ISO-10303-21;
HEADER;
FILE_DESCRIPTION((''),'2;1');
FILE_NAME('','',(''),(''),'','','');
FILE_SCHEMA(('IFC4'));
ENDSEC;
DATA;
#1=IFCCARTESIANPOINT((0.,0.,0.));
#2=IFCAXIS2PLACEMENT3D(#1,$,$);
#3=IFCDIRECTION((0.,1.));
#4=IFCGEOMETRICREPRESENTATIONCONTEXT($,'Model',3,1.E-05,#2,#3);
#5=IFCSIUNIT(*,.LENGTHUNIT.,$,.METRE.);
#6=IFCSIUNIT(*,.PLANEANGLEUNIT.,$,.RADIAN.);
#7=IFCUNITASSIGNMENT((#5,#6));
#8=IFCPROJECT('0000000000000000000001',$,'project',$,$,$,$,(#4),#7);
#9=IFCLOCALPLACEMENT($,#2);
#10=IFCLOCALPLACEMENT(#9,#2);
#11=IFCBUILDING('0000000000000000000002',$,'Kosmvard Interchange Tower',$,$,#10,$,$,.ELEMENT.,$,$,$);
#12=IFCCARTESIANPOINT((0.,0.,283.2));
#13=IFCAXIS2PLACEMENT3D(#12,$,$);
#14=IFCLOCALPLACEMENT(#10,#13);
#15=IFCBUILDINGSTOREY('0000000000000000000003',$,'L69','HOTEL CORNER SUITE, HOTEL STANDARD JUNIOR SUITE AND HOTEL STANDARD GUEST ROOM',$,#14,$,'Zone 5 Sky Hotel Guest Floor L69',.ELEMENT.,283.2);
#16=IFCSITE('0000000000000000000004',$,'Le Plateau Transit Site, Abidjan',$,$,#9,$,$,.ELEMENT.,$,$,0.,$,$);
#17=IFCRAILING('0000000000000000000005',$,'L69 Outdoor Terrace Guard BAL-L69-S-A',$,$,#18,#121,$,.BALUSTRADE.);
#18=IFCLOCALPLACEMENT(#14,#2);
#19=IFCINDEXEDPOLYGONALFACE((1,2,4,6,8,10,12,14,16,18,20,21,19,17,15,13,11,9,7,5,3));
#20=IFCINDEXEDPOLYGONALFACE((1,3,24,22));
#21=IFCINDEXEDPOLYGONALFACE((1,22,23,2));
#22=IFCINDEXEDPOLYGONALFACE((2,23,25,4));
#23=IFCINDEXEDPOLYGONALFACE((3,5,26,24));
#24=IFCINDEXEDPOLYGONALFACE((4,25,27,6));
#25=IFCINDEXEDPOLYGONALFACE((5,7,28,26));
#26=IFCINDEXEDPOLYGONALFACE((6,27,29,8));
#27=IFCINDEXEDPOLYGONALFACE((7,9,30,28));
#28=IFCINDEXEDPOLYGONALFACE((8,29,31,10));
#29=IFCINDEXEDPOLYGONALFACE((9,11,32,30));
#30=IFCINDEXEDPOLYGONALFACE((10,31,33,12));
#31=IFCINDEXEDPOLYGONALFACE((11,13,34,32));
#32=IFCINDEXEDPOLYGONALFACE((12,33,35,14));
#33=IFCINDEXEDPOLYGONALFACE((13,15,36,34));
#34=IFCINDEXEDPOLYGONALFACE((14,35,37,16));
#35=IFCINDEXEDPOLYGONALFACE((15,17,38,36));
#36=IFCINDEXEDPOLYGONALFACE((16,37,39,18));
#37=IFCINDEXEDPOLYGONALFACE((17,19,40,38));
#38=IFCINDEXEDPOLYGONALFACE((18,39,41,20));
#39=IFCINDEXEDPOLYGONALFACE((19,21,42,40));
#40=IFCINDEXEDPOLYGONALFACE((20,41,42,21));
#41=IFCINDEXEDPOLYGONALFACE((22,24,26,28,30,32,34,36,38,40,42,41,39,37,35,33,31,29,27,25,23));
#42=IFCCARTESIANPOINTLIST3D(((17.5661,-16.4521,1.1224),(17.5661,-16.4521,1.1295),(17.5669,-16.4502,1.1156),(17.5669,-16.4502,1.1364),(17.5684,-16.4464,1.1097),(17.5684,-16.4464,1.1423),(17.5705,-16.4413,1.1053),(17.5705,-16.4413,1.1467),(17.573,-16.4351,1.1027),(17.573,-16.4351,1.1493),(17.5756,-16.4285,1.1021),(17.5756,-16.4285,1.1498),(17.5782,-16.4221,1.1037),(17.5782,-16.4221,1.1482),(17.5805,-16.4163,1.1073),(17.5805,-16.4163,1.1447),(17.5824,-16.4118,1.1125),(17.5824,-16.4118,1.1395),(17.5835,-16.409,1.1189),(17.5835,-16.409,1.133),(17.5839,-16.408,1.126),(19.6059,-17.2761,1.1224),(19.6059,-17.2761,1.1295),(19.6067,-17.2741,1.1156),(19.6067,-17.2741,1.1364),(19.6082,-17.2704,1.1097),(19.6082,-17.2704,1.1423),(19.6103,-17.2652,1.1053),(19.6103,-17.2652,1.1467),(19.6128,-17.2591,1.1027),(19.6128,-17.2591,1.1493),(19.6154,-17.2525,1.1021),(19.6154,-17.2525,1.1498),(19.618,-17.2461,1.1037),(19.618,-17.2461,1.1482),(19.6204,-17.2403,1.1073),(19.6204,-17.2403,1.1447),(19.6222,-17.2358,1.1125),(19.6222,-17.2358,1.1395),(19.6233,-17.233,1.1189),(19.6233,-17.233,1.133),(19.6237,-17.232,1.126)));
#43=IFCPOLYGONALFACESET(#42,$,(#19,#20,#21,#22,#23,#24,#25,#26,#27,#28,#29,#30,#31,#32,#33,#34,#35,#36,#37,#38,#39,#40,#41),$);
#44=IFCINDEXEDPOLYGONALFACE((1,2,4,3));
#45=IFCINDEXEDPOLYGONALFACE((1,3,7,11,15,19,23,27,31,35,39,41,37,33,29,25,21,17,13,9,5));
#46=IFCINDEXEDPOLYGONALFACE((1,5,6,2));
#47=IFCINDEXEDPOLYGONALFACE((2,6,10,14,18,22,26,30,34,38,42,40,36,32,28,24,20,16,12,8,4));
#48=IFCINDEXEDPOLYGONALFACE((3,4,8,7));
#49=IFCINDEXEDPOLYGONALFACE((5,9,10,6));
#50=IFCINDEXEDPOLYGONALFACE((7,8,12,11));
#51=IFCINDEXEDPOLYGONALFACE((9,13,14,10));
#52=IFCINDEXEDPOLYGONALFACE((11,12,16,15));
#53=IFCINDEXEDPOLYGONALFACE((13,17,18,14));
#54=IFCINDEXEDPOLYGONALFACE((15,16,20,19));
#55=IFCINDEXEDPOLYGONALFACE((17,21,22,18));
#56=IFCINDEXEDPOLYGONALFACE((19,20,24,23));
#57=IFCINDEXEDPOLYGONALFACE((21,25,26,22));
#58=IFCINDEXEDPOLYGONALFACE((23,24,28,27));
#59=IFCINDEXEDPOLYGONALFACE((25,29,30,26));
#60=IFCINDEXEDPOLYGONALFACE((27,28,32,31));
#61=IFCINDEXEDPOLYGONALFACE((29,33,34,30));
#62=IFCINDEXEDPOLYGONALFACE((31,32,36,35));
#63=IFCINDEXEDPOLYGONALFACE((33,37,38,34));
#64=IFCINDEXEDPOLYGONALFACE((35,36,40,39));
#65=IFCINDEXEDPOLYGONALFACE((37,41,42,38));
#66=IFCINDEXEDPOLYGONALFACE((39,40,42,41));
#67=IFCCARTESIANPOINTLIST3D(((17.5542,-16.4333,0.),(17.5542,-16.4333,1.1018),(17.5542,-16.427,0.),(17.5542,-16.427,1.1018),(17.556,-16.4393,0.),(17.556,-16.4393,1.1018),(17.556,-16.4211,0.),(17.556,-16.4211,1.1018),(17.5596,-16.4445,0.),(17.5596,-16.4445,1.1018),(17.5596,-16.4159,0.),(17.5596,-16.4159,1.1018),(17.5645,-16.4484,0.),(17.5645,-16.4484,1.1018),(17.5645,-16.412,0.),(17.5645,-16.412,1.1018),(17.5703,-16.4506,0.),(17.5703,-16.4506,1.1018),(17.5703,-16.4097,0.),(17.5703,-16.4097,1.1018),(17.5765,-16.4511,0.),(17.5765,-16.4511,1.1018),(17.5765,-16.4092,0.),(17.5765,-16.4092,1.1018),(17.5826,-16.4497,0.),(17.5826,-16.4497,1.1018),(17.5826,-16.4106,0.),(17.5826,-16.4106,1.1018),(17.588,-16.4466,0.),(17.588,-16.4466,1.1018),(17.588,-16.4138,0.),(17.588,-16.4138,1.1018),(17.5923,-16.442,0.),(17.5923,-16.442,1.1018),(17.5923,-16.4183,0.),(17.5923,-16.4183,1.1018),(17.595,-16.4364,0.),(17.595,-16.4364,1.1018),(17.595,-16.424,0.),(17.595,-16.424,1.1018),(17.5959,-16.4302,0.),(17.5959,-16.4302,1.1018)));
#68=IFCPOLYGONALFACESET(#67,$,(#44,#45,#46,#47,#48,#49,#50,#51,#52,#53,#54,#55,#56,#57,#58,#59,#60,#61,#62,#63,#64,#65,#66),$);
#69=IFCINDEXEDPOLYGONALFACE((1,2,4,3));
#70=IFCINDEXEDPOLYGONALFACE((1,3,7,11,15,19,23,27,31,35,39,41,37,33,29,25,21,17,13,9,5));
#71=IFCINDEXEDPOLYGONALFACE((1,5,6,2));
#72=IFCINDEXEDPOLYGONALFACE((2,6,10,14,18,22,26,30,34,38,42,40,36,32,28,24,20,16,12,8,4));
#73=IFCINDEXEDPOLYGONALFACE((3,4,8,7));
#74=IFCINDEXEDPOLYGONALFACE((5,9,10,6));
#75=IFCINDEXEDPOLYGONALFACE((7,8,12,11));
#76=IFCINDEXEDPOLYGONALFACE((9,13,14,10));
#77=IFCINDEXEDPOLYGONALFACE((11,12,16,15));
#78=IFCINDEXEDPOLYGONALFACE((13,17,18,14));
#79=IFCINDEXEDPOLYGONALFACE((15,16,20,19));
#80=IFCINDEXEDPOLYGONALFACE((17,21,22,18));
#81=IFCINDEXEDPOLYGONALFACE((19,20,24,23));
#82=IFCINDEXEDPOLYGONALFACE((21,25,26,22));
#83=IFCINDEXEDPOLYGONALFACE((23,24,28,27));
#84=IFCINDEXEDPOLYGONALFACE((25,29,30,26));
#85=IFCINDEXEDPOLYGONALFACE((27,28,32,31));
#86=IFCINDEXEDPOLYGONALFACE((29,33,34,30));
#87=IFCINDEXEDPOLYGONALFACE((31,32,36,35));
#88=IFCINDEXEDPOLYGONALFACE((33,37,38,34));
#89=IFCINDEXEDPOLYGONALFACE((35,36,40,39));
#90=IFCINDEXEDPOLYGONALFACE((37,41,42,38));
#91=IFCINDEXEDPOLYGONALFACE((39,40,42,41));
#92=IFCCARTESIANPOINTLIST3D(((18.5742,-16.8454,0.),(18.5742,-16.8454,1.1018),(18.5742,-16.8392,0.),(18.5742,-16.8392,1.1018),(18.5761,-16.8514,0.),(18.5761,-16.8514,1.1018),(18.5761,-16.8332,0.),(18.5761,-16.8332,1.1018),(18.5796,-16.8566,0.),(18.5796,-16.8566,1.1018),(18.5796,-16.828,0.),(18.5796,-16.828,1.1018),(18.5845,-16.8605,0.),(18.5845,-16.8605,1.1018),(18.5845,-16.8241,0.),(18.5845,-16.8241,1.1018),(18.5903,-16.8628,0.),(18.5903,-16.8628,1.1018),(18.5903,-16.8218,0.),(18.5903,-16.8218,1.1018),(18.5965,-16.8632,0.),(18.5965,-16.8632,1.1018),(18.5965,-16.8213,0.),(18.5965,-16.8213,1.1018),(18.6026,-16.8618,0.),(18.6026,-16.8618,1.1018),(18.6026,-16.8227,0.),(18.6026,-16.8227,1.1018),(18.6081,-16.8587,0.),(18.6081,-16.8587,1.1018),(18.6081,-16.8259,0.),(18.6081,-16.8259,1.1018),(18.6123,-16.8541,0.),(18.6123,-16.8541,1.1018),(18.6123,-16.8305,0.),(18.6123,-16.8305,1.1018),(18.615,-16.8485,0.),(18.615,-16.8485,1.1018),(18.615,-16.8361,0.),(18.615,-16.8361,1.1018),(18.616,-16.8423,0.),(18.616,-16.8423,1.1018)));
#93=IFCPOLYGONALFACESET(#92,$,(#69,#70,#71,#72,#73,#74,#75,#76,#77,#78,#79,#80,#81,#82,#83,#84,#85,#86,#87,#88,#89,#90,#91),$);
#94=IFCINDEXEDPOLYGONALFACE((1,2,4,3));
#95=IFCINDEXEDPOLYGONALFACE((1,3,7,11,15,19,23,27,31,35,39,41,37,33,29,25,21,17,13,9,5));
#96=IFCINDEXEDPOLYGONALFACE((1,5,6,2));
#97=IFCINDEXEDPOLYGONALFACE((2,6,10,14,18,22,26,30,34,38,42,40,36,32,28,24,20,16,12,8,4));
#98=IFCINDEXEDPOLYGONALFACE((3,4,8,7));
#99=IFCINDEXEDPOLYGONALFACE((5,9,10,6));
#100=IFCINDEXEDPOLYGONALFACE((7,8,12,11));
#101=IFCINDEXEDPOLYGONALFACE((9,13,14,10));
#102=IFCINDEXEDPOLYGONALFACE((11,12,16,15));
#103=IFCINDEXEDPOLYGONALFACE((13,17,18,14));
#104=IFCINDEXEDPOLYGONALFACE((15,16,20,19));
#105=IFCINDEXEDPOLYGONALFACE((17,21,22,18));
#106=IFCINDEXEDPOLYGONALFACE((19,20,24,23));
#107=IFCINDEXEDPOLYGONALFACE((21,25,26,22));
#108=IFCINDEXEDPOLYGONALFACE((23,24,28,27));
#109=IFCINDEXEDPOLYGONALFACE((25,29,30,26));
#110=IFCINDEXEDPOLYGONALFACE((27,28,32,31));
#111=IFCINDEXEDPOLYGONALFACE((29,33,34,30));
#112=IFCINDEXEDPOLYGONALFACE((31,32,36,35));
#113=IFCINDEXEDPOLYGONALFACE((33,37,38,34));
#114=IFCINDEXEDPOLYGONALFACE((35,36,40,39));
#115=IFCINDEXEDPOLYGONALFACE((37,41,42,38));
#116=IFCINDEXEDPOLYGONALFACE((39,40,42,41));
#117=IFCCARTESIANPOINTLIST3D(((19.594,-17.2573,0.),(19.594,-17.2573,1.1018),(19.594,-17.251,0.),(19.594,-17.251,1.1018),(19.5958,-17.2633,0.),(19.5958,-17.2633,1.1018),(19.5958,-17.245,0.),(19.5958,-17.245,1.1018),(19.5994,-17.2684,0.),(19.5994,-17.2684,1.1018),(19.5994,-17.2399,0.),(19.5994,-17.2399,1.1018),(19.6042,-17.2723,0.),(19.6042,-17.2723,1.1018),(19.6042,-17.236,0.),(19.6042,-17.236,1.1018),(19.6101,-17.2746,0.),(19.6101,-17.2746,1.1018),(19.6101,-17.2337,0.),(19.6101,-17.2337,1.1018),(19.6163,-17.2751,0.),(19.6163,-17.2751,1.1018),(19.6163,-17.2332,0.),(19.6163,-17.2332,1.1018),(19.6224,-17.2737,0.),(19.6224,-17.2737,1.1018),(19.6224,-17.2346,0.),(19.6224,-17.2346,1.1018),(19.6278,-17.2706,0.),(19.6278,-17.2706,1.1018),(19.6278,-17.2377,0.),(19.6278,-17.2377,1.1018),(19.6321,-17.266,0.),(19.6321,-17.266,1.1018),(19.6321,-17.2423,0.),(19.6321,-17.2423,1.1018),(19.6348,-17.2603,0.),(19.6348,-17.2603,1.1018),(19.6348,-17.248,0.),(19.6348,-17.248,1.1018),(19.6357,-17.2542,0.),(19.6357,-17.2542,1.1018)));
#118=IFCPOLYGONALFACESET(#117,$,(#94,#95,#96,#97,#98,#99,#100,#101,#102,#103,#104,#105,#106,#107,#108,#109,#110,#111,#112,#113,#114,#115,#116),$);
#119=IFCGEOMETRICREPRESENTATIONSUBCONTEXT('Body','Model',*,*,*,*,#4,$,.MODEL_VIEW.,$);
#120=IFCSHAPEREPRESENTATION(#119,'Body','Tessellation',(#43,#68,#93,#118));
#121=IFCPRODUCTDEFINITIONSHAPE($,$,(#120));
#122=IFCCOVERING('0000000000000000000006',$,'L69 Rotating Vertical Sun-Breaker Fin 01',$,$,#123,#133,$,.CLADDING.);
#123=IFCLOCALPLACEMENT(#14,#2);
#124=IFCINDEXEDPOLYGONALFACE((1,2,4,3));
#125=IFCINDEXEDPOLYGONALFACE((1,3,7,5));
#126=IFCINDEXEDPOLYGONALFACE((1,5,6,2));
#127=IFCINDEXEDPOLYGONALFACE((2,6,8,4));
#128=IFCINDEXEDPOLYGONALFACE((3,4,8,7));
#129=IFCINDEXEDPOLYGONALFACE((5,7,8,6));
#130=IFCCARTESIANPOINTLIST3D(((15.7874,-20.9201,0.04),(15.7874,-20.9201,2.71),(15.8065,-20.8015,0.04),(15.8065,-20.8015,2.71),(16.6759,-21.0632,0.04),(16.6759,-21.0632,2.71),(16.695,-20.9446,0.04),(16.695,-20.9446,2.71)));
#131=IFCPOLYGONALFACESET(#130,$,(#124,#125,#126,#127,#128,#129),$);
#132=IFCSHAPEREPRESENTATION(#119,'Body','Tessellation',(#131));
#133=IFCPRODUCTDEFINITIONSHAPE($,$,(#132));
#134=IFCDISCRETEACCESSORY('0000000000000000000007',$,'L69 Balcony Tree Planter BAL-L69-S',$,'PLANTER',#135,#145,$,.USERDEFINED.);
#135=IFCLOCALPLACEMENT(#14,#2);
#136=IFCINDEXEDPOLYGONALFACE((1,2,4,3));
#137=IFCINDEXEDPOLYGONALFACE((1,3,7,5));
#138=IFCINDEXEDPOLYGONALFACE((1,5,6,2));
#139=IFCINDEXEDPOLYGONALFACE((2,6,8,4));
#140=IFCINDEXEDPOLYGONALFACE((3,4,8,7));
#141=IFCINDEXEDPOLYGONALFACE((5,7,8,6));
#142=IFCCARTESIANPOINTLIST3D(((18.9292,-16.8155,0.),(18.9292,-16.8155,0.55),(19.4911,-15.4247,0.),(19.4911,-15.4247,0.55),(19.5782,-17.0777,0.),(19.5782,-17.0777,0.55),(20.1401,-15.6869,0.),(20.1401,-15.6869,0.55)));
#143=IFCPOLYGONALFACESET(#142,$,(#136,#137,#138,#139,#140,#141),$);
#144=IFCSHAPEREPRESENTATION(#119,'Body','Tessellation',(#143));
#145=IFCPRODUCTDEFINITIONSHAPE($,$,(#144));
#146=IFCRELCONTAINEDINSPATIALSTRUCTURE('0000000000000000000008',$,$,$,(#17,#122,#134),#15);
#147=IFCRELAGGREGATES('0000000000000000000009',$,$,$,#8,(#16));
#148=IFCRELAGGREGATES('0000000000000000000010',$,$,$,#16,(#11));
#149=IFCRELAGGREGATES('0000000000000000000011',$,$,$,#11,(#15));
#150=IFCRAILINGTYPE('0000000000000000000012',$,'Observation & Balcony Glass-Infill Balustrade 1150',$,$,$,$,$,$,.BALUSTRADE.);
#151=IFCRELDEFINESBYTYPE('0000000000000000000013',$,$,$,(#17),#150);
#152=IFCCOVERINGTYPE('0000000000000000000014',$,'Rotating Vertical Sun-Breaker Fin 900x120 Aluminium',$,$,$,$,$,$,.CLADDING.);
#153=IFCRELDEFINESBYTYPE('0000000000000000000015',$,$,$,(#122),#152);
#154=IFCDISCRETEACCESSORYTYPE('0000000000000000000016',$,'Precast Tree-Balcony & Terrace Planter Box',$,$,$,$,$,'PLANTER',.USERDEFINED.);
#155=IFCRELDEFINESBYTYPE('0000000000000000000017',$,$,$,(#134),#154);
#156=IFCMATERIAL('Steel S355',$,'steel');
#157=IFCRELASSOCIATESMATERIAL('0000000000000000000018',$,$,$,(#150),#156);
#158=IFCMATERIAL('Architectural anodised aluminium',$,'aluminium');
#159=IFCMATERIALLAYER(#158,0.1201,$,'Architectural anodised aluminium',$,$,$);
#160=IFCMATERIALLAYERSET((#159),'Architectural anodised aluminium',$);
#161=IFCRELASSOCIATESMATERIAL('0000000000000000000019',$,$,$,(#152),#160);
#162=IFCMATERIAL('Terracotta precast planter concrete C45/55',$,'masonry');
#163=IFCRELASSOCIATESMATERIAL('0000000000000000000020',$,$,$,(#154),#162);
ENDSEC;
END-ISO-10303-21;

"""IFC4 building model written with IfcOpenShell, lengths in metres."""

from ifc_helpers import new_model, si_unit, direction, frame, origin, origin_2d, place, context, subcontext, project, spatial, rectangle, circle, extrude, source, transform, mapped, material, layer, layer_set, type_object, element, save


model = new_model("IFC4")

# Units and contexts
model_context = context("Model", 3, precision=1e-05, world=origin(), true_north=direction((0.0, 1.0)))
body_context = subcontext(model_context, "Body", "Model", "MODEL_VIEW")
ifc_project = project(units=[si_unit("LENGTHUNIT", "METRE"), si_unit("PLANEANGLEUNIT", "RADIAN")], contexts=[model_context])

# Site, building, storey
site_placement = place(None, origin())
site = spatial("IfcSite", under=ifc_project, at=site_placement, Name="Le Plateau Transit Site, Abidjan", CompositionType="ELEMENT", RefElevation=0.0)
building_placement = place(site_placement, origin())
building = spatial("IfcBuilding", under=site, at=building_placement, Name="Kosmvard Interchange Tower", CompositionType="ELEMENT")
storey_placement = place(building_placement, frame((0.0, 0.0, 283.2)))
storey = spatial("IfcBuildingStorey", under=building, at=storey_placement, Name="L69", Description="HOTEL CORNER SUITE, HOTEL STANDARD JUNIOR SUITE AND HOTEL STANDARD GUEST ROOM", LongName="Zone 5 Sky Hotel Guest Floor L69", CompositionType="ELEMENT", Elevation=283.2)

# Shared definitions
ifc_material_1 = material(Name="Steel S355", Category="steel")

# Railing
railing_type = type_object("IfcRailingType", Name="Observation & Balcony Glass-Infill Balustrade 1150", PredefinedType="BALUSTRADE", material=ifc_material_1)
shared_shape_1 = source(origin(), body_context, "Body", "SweptSolid", [
    extrude(circle(Radius=0.0239, at=origin_2d()), frame((0.0, 0.0, 1.126), z_axis=(0.927208, -0.374546, 0.0), x_axis=(0.374546, 0.927208, 0.0)), (0.0, 0.0, 1.0), 2.2),
    extrude(circle(Radius=0.021, at=origin_2d()), origin(), (0.0, 0.0, 1.0), 1.1018),
    extrude(circle(Radius=0.021, at=origin_2d()), frame((1.02, -0.4121, 0.0)), (0.0, 0.0, 1.0), 1.1018),
    extrude(circle(Radius=0.021, at=origin_2d()), frame((2.0398, -0.824, 0.0)), (0.0, 0.0, 1.0), 1.1018),
])
railing_1_placement = place(storey_placement, frame((17.575, -16.4302, 0.0)))
element("IfcRailing", 1, at=railing_1_placement, inside=storey, type_object=railing_type, Name="L69 Outdoor Terrace Guard BAL-L69-S-A", PredefinedType="BALUSTRADE", context=body_context, shape_type="MappedRepresentation", body=[
    mapped(shared_shape_1, transform((0.0, 0.0, 0.0), scale=1.0)),
])

# Covering
ifc_material_2 = material(Name="Architectural anodised aluminium", Category="aluminium")
ifc_layer_1 = layer(ifc_material_2, 0.1201, Name="Architectural anodised aluminium")
ifc_layer_set_1 = layer_set([ifc_layer_1], Name="Architectural anodised aluminium")
covering_type = type_object("IfcCoveringType", Name="Rotating Vertical Sun-Breaker Fin 900x120 Aluminium", PredefinedType="CLADDING", material=ifc_layer_set_1)
shared_shape_2 = source(origin(), body_context, "Body", "SweptSolid", [
    extrude(rectangle(XDim=0.8999, YDim=0.1201, at=origin_2d()), origin(), (0.0, 0.0, 1.0), 2.6699),
])
covering_placement = place(storey_placement, frame((16.2412, -20.9324, 0.04), z_axis=(0.0, 0.0, 1.0), x_axis=(0.987275, -0.15902, 0.0)))
element("IfcCovering", 2, at=covering_placement, inside=storey, type_object=covering_type, Name="L69 Rotating Vertical Sun-Breaker Fin 01", PredefinedType="CLADDING", context=body_context, shape_type="MappedRepresentation", body=[
    mapped(shared_shape_2, transform((0.0, 0.0, 0.0), scale=1.0)),
])

# Discrete accessory
ifc_material_3 = material(Name="Terracotta precast planter concrete C45/55", Category="masonry")
discrete_accessory_type = type_object("IfcDiscreteAccessoryType", Name="Precast Tree-Balcony & Terrace Planter Box", ElementType="PLANTER", PredefinedType="USERDEFINED", material=ifc_material_3)
shared_shape_3 = source(origin(), body_context, "Body", "SweptSolid", [
    extrude(rectangle(XDim=1.5, YDim=0.7, at=origin_2d()), origin(), (0.0, 0.0, 1.0), 0.55),
])
discrete_accessory_placement = place(storey_placement, frame((19.5347, -16.2512, 0.0), z_axis=(0.0, 0.0, 1.0), x_axis=(0.374607, 0.927184, 0.0)))
element("IfcDiscreteAccessory", 3, at=discrete_accessory_placement, inside=storey, type_object=discrete_accessory_type, Name="L69 Balcony Tree Planter BAL-L69-S", ObjectType="PLANTER", PredefinedType="USERDEFINED", context=body_context, shape_type="MappedRepresentation", body=[
    mapped(shared_shape_3, transform((0.0, 0.0, 0.0), scale=1.0)),
])

save(model, "model.ifc")
